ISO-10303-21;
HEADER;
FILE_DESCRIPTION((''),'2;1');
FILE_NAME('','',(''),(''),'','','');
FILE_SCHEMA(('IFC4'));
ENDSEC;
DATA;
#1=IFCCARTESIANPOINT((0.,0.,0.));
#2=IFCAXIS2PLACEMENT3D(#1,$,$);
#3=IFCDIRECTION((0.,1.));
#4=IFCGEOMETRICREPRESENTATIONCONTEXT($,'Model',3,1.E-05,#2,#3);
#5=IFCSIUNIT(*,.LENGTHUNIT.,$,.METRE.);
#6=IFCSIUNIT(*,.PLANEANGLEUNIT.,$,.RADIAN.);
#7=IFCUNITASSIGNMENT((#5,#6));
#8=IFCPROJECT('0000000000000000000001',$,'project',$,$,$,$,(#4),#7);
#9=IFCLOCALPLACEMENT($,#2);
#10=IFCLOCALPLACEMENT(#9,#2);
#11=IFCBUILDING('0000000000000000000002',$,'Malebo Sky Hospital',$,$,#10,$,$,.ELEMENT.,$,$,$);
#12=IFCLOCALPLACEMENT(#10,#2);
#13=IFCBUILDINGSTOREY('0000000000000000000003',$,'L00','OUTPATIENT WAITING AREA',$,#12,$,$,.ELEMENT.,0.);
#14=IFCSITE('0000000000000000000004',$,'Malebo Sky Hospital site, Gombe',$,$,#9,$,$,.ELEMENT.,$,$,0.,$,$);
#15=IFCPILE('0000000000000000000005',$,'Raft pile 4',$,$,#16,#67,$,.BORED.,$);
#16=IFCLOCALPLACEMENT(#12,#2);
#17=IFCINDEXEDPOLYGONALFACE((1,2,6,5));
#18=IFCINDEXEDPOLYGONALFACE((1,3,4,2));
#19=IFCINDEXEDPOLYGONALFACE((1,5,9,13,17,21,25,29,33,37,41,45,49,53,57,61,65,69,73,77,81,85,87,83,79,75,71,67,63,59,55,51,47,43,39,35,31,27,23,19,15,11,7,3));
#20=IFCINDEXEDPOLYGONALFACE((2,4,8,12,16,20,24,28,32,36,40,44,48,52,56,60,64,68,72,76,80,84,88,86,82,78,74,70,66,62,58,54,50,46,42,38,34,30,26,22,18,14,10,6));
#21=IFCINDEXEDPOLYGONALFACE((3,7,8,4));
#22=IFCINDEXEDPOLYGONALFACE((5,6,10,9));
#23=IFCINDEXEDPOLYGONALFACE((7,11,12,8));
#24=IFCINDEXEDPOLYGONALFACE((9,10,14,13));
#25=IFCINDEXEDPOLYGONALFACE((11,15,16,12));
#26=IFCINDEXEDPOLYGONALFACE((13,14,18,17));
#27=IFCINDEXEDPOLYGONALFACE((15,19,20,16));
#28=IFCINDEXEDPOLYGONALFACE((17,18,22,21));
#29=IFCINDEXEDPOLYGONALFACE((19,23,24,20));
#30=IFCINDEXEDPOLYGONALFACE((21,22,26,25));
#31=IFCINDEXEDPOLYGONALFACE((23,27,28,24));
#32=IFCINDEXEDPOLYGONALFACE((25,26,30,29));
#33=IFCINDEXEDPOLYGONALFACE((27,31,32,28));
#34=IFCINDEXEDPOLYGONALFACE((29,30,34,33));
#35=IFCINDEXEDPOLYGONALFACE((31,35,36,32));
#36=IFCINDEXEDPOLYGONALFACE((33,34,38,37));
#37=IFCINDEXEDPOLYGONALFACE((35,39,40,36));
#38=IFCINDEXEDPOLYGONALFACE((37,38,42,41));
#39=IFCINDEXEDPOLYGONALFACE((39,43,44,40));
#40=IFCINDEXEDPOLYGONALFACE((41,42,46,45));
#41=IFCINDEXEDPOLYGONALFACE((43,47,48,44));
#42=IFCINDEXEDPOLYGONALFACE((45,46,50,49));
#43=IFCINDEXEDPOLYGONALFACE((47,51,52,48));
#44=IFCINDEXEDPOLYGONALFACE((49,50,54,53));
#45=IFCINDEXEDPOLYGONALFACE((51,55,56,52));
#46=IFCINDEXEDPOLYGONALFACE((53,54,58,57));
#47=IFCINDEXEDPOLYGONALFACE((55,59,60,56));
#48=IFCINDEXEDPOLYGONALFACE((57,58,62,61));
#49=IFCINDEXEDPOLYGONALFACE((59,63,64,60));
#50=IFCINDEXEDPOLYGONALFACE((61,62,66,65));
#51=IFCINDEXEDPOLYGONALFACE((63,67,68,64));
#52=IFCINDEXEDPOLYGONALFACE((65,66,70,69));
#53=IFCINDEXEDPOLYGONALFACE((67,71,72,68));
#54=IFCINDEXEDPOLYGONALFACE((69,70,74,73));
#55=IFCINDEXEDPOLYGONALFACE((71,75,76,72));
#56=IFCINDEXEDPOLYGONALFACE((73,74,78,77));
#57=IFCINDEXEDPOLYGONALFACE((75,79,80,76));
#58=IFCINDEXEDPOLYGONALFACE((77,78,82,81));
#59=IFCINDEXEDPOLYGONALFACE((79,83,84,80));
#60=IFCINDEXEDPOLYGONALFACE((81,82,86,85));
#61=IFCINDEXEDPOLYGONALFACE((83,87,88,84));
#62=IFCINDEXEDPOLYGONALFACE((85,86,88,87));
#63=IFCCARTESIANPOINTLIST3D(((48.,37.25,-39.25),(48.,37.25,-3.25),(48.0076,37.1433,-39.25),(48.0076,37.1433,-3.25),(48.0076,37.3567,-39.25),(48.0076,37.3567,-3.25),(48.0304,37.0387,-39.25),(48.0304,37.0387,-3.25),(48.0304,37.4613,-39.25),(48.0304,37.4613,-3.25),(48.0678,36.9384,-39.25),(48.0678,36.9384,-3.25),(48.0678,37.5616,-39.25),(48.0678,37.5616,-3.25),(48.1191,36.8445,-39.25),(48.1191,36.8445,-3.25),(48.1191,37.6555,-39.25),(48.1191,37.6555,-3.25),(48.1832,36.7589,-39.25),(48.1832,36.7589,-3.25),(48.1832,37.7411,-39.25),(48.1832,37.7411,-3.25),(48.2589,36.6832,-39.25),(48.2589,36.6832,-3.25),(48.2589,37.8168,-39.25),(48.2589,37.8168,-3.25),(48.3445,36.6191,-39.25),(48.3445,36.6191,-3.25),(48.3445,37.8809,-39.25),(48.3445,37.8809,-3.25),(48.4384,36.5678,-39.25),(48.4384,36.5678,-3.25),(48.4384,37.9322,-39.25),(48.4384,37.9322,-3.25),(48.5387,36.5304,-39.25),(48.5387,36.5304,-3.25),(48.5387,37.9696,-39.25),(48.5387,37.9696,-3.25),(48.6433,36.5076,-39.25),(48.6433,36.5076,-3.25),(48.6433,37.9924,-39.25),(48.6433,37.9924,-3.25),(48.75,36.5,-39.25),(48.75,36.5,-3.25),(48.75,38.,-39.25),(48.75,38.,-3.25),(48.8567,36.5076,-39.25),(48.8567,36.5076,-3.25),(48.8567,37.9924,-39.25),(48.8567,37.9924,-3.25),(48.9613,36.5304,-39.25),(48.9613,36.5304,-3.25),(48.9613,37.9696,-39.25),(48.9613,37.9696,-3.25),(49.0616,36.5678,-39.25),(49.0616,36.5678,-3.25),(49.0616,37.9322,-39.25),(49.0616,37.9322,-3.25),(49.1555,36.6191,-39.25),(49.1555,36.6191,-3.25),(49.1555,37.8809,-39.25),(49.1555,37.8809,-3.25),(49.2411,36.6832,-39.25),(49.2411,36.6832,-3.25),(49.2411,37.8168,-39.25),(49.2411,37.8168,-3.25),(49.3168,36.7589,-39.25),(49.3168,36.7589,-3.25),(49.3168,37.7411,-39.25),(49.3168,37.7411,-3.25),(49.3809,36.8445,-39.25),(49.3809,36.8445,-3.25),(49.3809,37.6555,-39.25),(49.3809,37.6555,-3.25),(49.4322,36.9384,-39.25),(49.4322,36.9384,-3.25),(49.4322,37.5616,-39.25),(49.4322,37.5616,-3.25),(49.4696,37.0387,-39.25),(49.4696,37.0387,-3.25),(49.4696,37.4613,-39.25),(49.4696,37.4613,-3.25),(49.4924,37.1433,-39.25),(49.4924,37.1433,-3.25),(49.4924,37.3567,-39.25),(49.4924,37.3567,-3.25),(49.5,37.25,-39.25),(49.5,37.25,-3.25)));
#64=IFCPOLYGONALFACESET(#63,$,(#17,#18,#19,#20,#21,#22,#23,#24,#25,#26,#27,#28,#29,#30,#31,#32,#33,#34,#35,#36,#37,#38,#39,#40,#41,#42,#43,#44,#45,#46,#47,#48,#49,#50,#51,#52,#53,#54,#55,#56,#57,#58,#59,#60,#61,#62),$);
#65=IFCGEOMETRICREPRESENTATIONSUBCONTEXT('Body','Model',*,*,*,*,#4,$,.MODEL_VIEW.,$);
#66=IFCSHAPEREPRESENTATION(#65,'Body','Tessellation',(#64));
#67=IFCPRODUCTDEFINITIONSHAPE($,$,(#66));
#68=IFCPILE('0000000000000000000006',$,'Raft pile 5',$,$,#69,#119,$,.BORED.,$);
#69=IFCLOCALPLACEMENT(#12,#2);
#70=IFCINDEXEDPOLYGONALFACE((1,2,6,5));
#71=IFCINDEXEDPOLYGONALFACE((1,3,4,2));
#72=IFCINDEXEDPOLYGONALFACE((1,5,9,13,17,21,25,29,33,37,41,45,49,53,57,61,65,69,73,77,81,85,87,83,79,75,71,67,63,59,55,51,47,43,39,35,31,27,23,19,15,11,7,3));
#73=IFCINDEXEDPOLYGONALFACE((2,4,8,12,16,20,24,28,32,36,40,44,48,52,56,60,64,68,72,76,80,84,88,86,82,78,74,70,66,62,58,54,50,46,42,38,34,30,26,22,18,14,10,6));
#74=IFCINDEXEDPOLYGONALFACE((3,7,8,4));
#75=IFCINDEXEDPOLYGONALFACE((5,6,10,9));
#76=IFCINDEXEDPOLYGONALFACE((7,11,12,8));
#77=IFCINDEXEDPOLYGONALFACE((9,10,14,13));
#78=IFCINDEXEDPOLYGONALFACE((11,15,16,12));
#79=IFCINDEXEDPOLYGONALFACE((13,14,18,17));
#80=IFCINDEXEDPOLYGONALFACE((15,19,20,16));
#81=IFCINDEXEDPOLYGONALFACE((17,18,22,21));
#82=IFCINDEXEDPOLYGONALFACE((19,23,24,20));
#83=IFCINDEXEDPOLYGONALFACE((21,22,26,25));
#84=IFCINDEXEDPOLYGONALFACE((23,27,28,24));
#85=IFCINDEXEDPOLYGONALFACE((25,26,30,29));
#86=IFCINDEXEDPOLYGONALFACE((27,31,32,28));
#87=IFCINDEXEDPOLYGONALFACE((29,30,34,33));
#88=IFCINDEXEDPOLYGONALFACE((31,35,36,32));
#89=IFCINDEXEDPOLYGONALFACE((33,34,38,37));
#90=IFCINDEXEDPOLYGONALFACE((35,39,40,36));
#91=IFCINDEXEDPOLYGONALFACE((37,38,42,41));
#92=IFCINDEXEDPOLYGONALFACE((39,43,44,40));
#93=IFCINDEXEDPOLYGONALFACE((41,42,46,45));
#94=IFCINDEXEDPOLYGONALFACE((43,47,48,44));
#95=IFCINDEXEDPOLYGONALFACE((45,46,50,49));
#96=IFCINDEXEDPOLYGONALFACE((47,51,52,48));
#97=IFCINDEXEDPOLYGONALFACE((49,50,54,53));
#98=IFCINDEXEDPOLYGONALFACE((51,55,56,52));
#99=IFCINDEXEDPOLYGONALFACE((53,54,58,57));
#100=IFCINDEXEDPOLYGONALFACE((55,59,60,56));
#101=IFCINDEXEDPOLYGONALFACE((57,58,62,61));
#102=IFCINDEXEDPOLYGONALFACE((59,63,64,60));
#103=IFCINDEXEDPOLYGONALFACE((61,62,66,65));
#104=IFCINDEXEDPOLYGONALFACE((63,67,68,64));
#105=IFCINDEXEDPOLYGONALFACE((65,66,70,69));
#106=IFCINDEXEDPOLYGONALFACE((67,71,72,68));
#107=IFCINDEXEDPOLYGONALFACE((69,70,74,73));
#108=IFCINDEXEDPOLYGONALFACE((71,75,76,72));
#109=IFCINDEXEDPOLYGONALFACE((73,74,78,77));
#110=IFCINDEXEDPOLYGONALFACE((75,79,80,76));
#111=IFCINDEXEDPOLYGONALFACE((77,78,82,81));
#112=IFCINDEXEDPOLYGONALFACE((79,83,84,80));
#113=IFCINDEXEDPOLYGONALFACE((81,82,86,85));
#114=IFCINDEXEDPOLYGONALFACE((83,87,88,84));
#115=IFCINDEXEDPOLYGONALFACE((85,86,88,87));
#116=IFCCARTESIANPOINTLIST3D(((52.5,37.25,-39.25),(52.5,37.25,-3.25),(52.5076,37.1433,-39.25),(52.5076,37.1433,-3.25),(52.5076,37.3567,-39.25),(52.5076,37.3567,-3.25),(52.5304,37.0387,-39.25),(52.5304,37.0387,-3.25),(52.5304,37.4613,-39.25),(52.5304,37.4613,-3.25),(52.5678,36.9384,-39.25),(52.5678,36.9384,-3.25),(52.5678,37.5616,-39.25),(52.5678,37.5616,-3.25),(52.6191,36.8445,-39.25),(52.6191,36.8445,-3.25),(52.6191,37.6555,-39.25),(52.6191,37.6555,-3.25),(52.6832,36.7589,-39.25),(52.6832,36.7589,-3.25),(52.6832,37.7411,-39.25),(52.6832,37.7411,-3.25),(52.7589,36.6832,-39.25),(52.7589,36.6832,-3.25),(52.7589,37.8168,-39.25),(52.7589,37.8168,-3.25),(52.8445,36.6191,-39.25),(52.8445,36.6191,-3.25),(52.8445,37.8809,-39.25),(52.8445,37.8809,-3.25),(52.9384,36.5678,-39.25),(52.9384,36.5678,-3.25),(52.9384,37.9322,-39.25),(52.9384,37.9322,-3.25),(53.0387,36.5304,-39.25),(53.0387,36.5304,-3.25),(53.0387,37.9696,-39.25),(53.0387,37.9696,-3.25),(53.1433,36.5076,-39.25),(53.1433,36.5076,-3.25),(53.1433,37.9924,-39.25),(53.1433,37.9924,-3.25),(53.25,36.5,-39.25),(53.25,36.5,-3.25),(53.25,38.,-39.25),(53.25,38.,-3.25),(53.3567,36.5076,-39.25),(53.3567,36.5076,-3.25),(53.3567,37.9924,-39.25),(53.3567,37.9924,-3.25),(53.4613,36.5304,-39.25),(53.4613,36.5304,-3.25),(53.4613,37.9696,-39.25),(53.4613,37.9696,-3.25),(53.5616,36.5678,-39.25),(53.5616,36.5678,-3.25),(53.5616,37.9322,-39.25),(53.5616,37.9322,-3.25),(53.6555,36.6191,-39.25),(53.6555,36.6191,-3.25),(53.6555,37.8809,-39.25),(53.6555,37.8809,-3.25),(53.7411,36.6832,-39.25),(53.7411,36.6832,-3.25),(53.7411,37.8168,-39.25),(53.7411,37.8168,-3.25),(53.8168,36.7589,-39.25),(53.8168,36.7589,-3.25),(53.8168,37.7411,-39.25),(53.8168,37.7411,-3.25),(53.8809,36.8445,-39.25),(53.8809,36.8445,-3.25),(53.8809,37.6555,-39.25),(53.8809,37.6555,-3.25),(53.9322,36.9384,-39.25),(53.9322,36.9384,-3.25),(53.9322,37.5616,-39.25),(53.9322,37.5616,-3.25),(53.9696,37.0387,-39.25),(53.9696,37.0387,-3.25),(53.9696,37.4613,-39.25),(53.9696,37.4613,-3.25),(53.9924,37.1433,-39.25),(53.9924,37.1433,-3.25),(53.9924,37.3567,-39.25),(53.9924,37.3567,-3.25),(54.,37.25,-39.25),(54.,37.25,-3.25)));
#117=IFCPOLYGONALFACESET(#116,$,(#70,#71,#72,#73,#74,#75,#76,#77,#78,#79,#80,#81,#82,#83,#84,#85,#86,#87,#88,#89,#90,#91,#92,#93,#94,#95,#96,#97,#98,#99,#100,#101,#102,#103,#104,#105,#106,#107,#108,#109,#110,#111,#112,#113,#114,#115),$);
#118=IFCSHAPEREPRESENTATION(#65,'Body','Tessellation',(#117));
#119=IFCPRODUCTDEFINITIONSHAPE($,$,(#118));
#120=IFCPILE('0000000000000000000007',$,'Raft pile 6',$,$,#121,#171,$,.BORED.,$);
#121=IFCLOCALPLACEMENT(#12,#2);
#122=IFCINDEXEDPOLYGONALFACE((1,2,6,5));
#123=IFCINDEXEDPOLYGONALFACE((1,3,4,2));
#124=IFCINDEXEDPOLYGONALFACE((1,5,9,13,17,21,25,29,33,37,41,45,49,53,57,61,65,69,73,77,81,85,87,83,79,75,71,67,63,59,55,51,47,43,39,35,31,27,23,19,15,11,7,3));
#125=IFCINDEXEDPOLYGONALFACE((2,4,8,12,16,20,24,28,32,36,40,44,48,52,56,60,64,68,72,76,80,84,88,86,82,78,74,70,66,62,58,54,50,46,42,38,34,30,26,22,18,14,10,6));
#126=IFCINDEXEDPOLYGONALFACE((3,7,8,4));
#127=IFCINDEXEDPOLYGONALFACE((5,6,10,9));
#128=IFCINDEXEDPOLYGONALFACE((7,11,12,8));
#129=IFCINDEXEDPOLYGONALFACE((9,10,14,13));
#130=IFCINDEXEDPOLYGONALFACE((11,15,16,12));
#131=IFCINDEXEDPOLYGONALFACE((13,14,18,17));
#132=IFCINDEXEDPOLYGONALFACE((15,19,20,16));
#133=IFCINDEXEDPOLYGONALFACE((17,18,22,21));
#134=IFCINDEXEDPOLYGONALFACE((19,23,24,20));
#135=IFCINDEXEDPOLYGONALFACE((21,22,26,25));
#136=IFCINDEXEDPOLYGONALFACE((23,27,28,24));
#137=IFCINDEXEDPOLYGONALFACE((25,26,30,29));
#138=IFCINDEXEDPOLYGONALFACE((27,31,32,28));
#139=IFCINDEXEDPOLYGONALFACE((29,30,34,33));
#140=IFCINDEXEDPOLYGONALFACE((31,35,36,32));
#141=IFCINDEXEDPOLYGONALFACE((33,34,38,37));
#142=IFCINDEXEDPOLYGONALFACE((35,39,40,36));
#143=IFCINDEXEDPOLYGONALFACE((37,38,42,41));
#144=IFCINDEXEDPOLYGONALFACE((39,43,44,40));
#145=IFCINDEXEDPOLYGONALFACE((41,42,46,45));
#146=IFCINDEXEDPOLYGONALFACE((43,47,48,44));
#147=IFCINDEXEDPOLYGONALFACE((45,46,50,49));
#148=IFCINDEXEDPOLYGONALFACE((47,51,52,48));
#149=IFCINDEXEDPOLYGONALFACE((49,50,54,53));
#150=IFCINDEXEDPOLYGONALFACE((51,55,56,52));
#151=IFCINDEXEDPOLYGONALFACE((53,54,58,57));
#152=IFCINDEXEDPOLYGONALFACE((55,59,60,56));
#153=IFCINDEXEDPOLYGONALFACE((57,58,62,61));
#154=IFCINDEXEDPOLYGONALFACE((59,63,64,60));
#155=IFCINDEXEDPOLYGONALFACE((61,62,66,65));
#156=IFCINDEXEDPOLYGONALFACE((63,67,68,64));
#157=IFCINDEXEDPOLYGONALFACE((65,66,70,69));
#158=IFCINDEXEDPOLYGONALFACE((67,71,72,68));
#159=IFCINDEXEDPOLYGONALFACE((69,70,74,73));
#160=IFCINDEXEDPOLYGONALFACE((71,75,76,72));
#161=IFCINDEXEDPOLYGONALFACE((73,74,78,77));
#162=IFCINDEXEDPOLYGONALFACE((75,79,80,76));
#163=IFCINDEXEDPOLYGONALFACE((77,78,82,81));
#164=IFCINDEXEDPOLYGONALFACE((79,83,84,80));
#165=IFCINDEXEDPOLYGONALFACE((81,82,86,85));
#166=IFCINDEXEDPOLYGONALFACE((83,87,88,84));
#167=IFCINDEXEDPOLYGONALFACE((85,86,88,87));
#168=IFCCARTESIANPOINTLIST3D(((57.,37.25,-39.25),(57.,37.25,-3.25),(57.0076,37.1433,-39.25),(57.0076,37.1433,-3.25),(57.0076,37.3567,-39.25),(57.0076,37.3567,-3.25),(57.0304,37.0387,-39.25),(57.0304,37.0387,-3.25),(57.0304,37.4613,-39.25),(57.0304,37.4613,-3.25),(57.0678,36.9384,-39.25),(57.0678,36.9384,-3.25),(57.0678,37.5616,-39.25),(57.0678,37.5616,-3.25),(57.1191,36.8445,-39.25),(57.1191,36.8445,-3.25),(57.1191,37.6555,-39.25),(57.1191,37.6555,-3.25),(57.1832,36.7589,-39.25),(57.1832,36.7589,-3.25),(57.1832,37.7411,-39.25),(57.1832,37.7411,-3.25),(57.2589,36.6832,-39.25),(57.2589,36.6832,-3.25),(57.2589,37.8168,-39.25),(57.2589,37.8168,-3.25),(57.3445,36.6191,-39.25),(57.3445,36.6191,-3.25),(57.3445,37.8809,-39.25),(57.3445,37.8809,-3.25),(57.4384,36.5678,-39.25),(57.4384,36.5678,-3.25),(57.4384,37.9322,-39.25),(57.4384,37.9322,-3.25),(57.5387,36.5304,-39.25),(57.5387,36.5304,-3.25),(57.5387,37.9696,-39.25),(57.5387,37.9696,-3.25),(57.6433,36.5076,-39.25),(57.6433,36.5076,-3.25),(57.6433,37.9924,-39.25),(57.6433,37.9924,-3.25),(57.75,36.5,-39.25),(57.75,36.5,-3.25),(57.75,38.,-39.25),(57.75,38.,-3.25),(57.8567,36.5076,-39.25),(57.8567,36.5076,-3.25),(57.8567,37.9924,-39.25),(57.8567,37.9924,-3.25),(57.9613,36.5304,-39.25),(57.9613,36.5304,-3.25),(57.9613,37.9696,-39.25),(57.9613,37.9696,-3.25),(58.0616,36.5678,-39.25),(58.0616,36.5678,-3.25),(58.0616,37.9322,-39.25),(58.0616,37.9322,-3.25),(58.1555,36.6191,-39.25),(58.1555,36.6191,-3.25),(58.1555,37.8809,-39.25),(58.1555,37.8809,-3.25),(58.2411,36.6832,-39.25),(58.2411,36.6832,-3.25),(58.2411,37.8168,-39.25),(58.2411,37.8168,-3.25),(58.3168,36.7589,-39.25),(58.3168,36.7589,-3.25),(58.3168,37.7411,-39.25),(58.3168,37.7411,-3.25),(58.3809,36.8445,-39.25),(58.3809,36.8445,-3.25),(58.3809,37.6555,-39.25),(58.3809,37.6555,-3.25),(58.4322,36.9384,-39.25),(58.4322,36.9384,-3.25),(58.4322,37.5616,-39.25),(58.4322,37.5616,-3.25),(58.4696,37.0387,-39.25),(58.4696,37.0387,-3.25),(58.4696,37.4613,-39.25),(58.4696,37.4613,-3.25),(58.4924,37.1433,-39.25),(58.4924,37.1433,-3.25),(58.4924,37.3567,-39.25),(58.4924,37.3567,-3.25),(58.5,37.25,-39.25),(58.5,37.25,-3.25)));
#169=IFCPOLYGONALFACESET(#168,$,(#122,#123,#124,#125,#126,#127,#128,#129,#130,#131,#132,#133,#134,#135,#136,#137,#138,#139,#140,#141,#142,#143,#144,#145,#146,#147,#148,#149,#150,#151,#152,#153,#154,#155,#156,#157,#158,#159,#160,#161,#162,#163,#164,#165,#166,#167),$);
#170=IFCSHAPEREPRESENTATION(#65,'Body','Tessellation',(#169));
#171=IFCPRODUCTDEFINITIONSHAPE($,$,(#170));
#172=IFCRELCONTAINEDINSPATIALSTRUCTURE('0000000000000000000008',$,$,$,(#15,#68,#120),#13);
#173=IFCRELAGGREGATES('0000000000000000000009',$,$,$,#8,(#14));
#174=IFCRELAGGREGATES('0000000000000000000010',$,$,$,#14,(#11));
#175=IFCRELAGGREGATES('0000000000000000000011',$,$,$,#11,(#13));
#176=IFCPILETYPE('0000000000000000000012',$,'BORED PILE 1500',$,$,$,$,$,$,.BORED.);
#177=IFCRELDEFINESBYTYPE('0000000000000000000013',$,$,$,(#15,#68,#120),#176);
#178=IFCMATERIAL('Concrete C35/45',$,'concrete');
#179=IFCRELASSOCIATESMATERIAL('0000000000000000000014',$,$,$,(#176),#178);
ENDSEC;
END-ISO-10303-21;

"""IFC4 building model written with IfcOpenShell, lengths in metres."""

from ifc_helpers import new_model, si_unit, direction, frame, origin, origin_2d, place, context, subcontext, project, spatial, circle, extrude, material, material_profile, profile_set, type_object, element, save


model = new_model("IFC4")

# Units and contexts
model_context = context("Model", 3, precision=1e-05, world=origin(), true_north=direction((0.0, 1.0)))
body_context = subcontext(model_context, "Body", "Model", "MODEL_VIEW")
ifc_project = project(units=[si_unit("LENGTHUNIT", "METRE"), si_unit("PLANEANGLEUNIT", "RADIAN")], contexts=[model_context])

# Site, building, storey
site_placement = place(None, origin())
site = spatial("IfcSite", under=ifc_project, at=site_placement, Name="Malebo Sky Hospital site, Gombe", CompositionType="ELEMENT", RefElevation=0.0)
building_placement = place(site_placement, origin())
building = spatial("IfcBuilding", under=site, at=building_placement, Name="Malebo Sky Hospital", CompositionType="ELEMENT")
storey_placement = place(building_placement, origin())
storey = spatial("IfcBuildingStorey", under=building, at=storey_placement, Name="L00", Description="OUTPATIENT WAITING AREA", CompositionType="ELEMENT", Elevation=0.0)

# Piles
ifc_material_1 = material(Name="Concrete C35/45", Category="concrete")
ifc_material_profile_1 = material_profile(ifc_material_1, circle(Radius=0.75, at=origin_2d()), Name="BP 1500")
ifc_profile_set_1 = profile_set([ifc_material_profile_1], Name="Concrete C35/45")
pile_type = type_object("IfcPileType", Name="BORED PILE 1500", PredefinedType="BORED", material=ifc_profile_set_1)
for number, where, z_axis, x_axis, name in (
    (1, (48.75, 37.25, -3.25), (0.0, 0.0, -1.0), (1.0, 0.0, 0.0), "Raft pile 4"),
    (2, (53.25, 37.25, -3.25), (0.0, 0.0, -1.0), (1.0, 0.0, 0.0), "Raft pile 5"),
    (3, (57.75, 37.25, -3.25), (0.0, 0.0, -1.0), (1.0, 0.0, 0.0), "Raft pile 6"),
):
    element("IfcPile", number, at=place(storey_placement, frame(where, z_axis=z_axis, x_axis=x_axis)), inside=storey, type_object=pile_type, Name=name, PredefinedType="BORED", context=body_context, shape_type="SweptSolid", body=[
        extrude(circle(Radius=0.75, at=origin_2d()), origin(), (0.0, 0.0, 1.0), 36.0),
    ])

save(model, "model.ifc")
